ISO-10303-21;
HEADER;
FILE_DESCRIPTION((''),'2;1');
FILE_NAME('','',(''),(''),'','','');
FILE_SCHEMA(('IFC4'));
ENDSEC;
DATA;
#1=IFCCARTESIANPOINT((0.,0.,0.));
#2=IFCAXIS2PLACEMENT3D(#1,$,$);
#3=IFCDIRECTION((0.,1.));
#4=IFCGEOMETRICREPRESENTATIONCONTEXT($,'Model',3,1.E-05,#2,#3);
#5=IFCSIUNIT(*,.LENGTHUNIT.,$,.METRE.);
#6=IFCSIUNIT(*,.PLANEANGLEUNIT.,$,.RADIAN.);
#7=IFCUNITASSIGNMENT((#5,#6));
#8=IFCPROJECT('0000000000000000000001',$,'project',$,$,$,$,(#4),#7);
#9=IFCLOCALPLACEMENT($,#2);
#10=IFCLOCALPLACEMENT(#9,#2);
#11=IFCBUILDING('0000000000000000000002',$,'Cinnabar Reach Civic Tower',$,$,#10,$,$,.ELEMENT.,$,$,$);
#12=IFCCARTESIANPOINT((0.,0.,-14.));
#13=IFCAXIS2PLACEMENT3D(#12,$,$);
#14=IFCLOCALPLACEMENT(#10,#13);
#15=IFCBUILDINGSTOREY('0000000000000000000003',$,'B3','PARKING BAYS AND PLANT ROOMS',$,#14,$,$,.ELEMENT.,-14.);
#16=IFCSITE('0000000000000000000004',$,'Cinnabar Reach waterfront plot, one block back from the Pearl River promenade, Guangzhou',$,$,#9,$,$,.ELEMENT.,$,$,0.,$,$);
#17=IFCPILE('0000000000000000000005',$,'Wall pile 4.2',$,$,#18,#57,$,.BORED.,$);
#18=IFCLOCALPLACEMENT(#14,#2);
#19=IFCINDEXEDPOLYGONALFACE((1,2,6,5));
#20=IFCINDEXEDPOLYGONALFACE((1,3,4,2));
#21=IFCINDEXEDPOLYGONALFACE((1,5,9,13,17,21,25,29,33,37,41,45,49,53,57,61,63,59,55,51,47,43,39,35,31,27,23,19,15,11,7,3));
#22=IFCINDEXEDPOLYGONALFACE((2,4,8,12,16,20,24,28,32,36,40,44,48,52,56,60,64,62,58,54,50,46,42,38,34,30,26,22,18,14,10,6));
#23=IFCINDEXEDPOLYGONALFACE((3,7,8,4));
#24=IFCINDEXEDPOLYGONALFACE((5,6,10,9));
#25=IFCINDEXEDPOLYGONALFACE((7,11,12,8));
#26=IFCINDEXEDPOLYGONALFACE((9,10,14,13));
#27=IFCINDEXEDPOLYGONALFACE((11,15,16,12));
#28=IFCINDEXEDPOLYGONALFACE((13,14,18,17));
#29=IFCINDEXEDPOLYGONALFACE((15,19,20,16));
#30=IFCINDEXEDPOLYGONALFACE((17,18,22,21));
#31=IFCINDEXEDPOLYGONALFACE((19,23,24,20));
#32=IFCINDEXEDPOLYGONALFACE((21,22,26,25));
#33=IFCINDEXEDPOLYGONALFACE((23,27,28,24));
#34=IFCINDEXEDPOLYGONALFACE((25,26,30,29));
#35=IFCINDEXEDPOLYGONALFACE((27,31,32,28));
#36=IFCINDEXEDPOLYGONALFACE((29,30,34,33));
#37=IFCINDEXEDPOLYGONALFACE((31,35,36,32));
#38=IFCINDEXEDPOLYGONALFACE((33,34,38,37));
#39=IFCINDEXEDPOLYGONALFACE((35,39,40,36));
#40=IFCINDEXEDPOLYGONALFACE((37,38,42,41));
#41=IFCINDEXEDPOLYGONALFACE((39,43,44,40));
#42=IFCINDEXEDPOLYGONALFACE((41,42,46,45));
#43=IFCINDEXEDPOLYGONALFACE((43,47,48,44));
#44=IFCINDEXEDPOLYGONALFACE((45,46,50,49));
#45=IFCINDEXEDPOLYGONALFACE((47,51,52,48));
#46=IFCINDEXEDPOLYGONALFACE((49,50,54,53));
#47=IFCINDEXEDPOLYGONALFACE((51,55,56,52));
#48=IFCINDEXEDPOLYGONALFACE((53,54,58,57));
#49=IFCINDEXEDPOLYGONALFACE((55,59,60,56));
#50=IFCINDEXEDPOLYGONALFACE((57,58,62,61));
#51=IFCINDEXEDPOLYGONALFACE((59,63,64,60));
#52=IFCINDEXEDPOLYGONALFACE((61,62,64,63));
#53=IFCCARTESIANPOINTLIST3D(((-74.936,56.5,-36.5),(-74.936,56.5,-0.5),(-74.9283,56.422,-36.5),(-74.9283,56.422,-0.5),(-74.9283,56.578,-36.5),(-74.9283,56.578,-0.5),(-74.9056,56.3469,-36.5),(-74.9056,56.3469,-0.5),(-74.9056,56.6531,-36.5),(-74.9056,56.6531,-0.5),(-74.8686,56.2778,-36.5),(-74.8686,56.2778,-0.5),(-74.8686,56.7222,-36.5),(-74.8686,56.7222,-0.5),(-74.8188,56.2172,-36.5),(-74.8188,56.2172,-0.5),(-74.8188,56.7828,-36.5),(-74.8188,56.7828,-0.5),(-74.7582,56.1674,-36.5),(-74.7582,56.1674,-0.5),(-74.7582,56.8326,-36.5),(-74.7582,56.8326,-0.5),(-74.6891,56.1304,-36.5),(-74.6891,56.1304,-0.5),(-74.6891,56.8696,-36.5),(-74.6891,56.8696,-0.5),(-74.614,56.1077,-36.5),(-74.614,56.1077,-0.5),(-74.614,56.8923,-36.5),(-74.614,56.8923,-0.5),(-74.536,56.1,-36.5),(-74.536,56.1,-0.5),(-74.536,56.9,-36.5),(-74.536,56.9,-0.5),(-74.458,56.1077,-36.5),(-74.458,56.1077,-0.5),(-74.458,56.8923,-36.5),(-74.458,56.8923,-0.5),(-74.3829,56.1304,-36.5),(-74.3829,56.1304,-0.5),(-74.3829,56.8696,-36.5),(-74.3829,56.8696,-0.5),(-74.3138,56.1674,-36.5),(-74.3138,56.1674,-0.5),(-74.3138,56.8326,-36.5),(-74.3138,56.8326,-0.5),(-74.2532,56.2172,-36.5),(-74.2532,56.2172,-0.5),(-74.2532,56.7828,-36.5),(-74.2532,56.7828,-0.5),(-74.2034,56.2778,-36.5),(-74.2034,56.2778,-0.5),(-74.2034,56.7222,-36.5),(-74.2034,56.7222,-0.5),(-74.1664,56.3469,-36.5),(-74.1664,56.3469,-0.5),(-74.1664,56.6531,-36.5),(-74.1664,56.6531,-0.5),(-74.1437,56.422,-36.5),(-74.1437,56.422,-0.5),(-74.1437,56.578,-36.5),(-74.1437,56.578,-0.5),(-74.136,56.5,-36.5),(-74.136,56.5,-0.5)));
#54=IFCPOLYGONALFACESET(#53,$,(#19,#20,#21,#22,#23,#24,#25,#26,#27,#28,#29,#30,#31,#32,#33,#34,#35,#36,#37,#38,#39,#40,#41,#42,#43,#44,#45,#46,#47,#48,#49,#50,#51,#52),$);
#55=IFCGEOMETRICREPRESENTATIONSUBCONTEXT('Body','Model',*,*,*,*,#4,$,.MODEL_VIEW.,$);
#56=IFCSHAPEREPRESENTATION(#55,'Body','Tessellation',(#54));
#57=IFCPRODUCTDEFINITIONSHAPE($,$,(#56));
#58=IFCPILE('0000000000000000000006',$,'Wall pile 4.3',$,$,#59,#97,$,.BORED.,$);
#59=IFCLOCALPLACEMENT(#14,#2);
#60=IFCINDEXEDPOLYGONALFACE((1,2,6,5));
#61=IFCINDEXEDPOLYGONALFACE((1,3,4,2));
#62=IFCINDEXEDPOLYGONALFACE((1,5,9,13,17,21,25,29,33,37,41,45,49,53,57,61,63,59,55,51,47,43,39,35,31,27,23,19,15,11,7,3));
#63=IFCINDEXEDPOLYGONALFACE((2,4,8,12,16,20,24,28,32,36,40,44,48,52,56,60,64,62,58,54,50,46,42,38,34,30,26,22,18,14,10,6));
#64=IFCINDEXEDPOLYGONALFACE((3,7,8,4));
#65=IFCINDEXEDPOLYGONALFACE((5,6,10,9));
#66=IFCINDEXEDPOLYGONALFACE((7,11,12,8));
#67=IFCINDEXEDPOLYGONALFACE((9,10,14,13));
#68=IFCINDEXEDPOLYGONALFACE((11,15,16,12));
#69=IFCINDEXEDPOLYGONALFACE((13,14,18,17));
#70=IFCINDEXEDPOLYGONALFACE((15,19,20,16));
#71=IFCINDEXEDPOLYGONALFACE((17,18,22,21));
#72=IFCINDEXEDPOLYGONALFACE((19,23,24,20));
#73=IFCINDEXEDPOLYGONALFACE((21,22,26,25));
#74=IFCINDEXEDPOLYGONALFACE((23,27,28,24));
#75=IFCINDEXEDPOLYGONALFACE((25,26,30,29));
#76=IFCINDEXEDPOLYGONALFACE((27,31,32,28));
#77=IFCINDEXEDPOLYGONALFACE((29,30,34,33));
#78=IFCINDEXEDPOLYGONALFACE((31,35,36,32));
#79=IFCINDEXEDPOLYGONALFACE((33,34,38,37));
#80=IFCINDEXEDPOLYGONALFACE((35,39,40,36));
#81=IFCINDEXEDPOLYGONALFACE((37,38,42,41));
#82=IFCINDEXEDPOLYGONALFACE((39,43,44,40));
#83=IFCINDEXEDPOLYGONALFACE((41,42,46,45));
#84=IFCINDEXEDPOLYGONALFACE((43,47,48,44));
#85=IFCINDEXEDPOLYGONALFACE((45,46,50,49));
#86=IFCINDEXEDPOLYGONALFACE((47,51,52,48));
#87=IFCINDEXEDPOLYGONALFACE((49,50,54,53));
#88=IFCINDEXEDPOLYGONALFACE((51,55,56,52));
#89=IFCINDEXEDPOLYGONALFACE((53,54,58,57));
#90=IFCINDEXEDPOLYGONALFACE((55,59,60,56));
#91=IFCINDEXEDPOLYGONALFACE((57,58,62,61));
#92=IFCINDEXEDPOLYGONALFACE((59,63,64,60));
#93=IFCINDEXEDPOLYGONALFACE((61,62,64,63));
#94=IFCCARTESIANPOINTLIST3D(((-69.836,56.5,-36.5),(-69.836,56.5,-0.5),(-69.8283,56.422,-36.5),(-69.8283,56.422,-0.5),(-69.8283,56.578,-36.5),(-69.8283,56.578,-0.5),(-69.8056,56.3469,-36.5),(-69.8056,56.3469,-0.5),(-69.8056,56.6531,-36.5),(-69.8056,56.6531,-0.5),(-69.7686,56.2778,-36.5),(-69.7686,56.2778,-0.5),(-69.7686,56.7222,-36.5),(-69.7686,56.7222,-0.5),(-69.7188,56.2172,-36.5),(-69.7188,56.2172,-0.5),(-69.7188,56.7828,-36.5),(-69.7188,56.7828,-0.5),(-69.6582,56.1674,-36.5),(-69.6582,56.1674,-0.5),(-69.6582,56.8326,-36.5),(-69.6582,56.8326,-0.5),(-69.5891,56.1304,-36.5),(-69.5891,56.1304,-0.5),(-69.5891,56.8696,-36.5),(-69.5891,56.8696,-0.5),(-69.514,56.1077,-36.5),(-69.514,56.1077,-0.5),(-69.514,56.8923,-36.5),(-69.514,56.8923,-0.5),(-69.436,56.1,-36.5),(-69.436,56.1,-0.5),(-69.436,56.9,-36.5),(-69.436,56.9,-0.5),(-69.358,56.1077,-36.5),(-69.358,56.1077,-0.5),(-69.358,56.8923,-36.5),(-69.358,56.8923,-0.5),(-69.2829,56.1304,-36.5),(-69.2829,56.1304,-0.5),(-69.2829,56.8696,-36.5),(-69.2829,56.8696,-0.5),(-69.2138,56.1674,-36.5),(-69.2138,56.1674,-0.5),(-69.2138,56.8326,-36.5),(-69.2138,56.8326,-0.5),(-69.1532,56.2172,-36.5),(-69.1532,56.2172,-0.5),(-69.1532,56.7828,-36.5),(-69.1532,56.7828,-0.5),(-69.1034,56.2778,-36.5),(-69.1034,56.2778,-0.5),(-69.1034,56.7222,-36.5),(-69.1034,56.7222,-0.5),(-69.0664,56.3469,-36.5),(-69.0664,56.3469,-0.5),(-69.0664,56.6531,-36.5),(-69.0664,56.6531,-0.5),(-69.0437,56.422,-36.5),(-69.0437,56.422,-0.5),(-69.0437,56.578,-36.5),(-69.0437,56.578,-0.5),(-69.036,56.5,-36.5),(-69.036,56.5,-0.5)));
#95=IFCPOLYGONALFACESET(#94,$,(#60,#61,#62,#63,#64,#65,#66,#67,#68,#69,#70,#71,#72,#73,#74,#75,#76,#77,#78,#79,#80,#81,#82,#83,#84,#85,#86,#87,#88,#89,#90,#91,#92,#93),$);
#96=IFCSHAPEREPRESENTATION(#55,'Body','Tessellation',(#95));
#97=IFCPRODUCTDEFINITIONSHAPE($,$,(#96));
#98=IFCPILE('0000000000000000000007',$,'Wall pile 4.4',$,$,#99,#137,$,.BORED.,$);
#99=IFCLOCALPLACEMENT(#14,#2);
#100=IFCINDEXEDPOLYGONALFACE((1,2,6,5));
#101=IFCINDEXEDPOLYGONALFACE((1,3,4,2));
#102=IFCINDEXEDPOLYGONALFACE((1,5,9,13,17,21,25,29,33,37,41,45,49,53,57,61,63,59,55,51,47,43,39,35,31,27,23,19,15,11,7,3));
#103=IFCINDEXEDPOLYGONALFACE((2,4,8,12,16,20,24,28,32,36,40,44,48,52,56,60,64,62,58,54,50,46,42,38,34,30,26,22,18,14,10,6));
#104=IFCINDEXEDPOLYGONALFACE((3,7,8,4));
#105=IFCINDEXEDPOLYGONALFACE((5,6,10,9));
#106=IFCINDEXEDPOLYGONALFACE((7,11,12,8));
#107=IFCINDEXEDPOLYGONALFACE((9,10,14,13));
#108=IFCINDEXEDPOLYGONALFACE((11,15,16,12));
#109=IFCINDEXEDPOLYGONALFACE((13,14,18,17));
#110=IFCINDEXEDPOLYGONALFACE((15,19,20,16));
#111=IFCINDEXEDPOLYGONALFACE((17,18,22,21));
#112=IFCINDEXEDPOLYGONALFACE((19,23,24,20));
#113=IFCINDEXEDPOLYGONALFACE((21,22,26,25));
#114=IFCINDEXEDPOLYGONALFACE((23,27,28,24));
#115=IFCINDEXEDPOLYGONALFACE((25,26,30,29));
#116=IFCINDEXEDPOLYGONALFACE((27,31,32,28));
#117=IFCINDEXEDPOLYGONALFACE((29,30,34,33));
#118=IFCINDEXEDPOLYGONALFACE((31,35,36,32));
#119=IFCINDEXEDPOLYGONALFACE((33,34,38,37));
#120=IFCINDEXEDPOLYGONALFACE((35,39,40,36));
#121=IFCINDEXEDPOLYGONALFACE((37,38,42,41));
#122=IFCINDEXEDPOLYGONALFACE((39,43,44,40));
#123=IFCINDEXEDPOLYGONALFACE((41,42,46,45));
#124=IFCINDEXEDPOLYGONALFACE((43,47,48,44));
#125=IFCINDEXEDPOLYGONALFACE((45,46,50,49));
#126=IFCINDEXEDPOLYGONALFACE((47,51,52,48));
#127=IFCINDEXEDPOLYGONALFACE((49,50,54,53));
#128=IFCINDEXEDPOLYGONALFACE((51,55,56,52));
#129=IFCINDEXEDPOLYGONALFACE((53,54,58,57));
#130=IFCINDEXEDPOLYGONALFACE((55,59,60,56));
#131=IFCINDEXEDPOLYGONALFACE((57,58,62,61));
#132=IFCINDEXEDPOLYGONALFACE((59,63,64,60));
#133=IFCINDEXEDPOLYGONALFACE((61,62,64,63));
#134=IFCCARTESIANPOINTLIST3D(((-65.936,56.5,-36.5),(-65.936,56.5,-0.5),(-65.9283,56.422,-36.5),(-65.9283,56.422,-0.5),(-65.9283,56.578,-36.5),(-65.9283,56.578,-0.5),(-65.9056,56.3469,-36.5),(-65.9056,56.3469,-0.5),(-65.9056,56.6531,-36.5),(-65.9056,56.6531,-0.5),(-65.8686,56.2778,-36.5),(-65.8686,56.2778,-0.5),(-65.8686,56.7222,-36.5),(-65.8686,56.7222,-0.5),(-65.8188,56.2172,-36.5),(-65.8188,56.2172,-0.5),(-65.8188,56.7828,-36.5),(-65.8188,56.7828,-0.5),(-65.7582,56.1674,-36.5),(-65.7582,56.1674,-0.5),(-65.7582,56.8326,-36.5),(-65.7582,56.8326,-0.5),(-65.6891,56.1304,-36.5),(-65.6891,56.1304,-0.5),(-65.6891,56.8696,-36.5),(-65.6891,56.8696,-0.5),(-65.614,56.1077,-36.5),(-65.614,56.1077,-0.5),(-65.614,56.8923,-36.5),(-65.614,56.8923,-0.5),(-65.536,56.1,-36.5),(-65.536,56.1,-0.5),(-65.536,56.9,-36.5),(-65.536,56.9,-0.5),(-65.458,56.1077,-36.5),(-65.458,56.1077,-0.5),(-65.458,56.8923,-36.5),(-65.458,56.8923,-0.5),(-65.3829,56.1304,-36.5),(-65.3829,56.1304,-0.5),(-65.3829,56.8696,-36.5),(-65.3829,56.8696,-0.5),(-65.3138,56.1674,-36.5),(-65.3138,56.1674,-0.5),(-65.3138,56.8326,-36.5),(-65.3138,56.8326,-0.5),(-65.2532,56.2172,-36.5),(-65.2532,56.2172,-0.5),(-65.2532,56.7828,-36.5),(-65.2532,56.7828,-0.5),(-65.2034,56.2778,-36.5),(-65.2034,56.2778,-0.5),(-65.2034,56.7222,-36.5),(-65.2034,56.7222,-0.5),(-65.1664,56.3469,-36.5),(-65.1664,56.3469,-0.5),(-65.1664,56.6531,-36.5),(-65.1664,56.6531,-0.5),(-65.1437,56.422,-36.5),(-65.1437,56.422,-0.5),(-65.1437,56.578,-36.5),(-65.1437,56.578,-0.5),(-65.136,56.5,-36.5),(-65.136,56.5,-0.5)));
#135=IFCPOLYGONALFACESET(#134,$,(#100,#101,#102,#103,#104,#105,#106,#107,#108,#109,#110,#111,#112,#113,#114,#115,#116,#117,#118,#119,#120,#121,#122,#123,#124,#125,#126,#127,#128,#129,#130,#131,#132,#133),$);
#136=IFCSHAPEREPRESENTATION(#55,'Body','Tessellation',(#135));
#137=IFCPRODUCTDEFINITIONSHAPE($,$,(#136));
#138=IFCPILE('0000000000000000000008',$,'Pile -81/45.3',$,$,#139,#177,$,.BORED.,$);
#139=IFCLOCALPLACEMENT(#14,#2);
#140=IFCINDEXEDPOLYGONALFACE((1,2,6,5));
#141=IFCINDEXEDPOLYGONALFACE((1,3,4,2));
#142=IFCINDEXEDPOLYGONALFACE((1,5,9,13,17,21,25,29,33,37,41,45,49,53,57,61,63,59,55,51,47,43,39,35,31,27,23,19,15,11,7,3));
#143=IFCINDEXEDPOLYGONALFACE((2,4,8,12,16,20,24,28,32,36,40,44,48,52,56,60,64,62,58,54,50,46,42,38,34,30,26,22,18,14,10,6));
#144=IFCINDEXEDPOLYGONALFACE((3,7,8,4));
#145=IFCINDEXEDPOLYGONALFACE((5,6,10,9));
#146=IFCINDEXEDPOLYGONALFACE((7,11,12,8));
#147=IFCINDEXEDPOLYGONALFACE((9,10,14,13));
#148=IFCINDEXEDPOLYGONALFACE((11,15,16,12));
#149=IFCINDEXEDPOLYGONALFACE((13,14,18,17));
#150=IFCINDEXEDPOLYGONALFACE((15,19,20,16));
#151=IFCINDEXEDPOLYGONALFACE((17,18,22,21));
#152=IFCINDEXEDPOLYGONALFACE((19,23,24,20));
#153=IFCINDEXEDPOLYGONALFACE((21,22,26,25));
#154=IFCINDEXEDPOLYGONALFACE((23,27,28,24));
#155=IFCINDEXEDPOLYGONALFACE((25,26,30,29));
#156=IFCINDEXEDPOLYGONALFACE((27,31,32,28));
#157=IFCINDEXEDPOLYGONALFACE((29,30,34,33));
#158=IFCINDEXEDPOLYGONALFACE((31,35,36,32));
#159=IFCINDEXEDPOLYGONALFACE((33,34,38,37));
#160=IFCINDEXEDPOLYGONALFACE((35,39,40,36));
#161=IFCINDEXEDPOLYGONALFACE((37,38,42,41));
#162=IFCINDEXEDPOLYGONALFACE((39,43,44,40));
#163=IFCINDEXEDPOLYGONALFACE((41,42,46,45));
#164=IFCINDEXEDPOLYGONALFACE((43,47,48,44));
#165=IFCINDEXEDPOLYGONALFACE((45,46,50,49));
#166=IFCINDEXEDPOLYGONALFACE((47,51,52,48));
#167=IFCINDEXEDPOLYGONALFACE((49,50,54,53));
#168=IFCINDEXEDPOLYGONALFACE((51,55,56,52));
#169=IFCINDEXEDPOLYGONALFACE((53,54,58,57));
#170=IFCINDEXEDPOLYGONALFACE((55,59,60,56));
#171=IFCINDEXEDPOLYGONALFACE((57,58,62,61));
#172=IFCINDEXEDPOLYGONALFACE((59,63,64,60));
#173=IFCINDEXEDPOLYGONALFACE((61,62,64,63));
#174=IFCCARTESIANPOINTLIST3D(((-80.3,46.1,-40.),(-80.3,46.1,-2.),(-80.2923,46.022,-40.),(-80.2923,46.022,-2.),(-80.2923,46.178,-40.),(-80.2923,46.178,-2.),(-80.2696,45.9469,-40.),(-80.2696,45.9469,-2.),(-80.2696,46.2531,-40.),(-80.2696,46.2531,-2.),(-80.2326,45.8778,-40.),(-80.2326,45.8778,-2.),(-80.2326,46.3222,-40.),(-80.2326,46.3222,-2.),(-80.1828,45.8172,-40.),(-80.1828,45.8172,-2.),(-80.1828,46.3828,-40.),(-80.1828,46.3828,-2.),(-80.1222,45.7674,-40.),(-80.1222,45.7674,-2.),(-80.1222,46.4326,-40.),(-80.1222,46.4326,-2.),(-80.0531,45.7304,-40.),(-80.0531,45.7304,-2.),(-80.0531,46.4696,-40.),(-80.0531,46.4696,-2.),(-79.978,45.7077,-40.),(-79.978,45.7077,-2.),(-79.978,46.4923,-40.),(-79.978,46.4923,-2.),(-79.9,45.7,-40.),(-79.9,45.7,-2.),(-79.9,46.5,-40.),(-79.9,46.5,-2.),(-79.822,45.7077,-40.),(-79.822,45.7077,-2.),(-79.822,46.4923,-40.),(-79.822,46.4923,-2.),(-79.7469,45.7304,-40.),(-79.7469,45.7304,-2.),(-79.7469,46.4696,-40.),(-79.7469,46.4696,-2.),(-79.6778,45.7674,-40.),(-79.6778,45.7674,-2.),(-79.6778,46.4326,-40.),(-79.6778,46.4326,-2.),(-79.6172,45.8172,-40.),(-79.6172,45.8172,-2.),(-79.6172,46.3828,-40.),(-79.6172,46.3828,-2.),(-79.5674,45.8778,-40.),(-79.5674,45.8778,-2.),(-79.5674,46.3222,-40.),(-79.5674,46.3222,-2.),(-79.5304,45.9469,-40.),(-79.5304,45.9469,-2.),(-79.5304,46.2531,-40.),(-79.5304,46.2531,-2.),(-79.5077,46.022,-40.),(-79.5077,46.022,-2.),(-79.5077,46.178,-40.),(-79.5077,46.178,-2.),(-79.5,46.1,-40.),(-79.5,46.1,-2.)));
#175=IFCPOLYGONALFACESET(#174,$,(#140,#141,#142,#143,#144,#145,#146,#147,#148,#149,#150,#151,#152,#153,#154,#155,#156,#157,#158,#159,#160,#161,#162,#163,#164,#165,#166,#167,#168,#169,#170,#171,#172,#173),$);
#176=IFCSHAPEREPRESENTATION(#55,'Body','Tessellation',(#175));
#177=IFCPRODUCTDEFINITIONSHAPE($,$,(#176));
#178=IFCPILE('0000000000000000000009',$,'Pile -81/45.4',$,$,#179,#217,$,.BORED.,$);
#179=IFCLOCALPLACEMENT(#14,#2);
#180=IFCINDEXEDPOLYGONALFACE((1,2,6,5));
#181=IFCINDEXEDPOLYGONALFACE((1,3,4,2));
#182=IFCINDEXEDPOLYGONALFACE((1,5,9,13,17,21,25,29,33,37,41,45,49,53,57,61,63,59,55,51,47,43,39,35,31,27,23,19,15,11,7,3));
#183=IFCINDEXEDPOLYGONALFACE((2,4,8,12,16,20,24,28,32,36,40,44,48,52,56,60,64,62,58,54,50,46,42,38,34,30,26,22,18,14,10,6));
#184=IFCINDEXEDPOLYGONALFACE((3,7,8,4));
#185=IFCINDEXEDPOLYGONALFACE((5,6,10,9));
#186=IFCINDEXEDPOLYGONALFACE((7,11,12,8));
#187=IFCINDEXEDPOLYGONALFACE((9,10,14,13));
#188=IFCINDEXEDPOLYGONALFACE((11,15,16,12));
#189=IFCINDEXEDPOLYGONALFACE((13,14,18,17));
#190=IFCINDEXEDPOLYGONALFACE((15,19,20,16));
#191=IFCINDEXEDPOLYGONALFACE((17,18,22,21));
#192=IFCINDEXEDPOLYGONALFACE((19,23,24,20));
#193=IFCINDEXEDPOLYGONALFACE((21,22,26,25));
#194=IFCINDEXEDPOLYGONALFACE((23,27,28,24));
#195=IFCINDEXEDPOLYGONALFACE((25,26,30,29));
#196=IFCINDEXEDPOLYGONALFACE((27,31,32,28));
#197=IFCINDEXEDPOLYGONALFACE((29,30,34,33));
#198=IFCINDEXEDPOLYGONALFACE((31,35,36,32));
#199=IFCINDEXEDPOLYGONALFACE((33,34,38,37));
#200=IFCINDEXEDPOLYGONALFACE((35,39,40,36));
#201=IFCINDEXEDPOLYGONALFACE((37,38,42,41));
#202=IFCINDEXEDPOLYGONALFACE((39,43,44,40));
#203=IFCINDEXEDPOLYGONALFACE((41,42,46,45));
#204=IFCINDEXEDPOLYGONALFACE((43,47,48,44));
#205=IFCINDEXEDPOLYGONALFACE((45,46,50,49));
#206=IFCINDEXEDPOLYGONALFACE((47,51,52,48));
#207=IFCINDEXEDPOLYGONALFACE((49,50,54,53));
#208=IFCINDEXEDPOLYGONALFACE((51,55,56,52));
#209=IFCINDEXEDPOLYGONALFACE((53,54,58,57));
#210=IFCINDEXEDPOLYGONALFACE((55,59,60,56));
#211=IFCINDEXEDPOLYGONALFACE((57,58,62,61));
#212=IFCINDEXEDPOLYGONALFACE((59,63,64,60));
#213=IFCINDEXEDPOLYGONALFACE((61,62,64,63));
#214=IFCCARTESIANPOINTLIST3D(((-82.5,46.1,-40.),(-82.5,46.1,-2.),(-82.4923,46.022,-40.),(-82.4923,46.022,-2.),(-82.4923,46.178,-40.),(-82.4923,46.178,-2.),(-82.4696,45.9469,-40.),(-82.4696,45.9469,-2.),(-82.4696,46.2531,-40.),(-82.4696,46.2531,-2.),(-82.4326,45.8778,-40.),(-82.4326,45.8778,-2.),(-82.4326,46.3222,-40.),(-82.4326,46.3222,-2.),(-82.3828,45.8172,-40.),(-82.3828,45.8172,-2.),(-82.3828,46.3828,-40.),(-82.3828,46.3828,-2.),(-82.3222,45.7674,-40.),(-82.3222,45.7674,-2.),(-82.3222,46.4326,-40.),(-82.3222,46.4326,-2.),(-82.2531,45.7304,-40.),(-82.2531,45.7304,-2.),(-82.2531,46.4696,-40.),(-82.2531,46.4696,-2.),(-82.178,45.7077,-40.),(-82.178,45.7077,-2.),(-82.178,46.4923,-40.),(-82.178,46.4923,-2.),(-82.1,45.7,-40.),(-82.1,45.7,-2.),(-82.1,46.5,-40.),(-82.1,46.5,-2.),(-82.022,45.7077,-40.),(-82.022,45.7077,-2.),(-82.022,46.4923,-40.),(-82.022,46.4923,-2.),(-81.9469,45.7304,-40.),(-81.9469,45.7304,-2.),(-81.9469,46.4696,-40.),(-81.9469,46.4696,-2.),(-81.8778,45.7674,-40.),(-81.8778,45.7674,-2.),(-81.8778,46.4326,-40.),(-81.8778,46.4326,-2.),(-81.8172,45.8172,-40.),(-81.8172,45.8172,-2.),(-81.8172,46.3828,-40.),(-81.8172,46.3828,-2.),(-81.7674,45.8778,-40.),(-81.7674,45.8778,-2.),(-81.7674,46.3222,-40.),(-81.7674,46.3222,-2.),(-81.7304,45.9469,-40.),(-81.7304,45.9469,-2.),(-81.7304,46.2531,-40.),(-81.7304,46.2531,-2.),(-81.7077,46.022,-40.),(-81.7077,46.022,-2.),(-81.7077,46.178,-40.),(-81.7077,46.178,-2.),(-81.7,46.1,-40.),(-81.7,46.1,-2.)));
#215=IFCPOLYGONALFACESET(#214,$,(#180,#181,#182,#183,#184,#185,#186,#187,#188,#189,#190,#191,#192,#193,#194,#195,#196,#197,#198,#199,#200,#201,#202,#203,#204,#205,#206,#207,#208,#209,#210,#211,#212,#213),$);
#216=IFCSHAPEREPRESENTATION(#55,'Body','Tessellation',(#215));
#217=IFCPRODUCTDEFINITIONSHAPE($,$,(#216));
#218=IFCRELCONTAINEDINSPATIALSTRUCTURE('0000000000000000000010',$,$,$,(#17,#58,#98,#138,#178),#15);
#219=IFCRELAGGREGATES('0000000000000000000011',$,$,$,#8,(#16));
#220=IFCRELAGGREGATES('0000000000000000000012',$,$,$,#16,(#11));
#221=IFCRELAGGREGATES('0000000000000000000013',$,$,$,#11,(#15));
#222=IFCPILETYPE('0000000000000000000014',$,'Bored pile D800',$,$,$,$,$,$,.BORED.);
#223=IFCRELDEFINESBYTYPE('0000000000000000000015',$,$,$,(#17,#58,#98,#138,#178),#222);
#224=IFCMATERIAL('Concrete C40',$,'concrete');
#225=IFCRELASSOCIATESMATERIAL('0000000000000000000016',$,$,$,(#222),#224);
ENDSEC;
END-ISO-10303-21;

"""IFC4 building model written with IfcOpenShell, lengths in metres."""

from ifc_helpers import new_model, si_unit, direction, frame, origin, origin_2d, place, context, subcontext, project, spatial, circle, extrude, material, type_object, element, save


model = new_model("IFC4")

# Units and contexts
model_context = context("Model", 3, precision=1e-05, world=origin(), true_north=direction((0.0, 1.0)))
body_context = subcontext(model_context, "Body", "Model", "MODEL_VIEW")
ifc_project = project(units=[si_unit("LENGTHUNIT", "METRE"), si_unit("PLANEANGLEUNIT", "RADIAN")], contexts=[model_context])

# Site, building, storey
site_placement = place(None, origin())
site = spatial("IfcSite", under=ifc_project, at=site_placement, Name="Cinnabar Reach waterfront plot, one block back from the Pearl River promenade, Guangzhou", CompositionType="ELEMENT", RefElevation=0.0)
building_placement = place(site_placement, origin())
building = spatial("IfcBuilding", under=site, at=building_placement, Name="Cinnabar Reach Civic Tower", CompositionType="ELEMENT")
storey_placement = place(building_placement, frame((0.0, 0.0, -14.0)))
storey = spatial("IfcBuildingStorey", under=building, at=storey_placement, Name="B3", Description="PARKING BAYS AND PLANT ROOMS", CompositionType="ELEMENT", Elevation=-14.0)

# Piles
ifc_material_1 = material(Name="Concrete C40", Category="concrete")
pile_type_1 = type_object("IfcPileType", Name="Bored pile D800", PredefinedType="BORED", material=ifc_material_1)
for number, where, z_axis, x_axis, name in (
    (1, (-74.536, 56.5, -0.5), (0.0, 0.0, -1.0), (1.0, 0.0, 0.0), "Wall pile 4.2"),
    (2, (-69.436, 56.5, -0.5), (0.0, 0.0, -1.0), (1.0, 0.0, 0.0), "Wall pile 4.3"),
    (3, (-65.536, 56.5, -0.5), (0.0, 0.0, -1.0), (1.0, 0.0, 0.0), "Wall pile 4.4"),
):
    element("IfcPile", number, at=place(storey_placement, frame(where, z_axis=z_axis, x_axis=x_axis)), inside=storey, type_object=pile_type_1, Name=name, PredefinedType="BORED", context=body_context, shape_type="SweptSolid", body=[
        extrude(circle(Radius=0.4, at=origin_2d()), origin(), (0.0, 0.0, 1.0), 36.0),
    ])
for number, where, z_axis, x_axis, name in (
    (4, (-79.9, 46.1, -2.0), (0.0, 0.0, -1.0), (1.0, 0.0, 0.0), "Pile -81/45.3"),
    (5, (-82.1, 46.1, -2.0), (0.0, 0.0, -1.0), (1.0, 0.0, 0.0), "Pile -81/45.4"),
):
    element("IfcPile", number, at=place(storey_placement, frame(where, z_axis=z_axis, x_axis=x_axis)), inside=storey, type_object=pile_type_1, Name=name, PredefinedType="BORED", context=body_context, shape_type="SweptSolid", body=[
        extrude(circle(Radius=0.4, at=origin_2d()), origin(), (0.0, 0.0, 1.0), 38.0),
    ])

save(model, "model.ifc")
